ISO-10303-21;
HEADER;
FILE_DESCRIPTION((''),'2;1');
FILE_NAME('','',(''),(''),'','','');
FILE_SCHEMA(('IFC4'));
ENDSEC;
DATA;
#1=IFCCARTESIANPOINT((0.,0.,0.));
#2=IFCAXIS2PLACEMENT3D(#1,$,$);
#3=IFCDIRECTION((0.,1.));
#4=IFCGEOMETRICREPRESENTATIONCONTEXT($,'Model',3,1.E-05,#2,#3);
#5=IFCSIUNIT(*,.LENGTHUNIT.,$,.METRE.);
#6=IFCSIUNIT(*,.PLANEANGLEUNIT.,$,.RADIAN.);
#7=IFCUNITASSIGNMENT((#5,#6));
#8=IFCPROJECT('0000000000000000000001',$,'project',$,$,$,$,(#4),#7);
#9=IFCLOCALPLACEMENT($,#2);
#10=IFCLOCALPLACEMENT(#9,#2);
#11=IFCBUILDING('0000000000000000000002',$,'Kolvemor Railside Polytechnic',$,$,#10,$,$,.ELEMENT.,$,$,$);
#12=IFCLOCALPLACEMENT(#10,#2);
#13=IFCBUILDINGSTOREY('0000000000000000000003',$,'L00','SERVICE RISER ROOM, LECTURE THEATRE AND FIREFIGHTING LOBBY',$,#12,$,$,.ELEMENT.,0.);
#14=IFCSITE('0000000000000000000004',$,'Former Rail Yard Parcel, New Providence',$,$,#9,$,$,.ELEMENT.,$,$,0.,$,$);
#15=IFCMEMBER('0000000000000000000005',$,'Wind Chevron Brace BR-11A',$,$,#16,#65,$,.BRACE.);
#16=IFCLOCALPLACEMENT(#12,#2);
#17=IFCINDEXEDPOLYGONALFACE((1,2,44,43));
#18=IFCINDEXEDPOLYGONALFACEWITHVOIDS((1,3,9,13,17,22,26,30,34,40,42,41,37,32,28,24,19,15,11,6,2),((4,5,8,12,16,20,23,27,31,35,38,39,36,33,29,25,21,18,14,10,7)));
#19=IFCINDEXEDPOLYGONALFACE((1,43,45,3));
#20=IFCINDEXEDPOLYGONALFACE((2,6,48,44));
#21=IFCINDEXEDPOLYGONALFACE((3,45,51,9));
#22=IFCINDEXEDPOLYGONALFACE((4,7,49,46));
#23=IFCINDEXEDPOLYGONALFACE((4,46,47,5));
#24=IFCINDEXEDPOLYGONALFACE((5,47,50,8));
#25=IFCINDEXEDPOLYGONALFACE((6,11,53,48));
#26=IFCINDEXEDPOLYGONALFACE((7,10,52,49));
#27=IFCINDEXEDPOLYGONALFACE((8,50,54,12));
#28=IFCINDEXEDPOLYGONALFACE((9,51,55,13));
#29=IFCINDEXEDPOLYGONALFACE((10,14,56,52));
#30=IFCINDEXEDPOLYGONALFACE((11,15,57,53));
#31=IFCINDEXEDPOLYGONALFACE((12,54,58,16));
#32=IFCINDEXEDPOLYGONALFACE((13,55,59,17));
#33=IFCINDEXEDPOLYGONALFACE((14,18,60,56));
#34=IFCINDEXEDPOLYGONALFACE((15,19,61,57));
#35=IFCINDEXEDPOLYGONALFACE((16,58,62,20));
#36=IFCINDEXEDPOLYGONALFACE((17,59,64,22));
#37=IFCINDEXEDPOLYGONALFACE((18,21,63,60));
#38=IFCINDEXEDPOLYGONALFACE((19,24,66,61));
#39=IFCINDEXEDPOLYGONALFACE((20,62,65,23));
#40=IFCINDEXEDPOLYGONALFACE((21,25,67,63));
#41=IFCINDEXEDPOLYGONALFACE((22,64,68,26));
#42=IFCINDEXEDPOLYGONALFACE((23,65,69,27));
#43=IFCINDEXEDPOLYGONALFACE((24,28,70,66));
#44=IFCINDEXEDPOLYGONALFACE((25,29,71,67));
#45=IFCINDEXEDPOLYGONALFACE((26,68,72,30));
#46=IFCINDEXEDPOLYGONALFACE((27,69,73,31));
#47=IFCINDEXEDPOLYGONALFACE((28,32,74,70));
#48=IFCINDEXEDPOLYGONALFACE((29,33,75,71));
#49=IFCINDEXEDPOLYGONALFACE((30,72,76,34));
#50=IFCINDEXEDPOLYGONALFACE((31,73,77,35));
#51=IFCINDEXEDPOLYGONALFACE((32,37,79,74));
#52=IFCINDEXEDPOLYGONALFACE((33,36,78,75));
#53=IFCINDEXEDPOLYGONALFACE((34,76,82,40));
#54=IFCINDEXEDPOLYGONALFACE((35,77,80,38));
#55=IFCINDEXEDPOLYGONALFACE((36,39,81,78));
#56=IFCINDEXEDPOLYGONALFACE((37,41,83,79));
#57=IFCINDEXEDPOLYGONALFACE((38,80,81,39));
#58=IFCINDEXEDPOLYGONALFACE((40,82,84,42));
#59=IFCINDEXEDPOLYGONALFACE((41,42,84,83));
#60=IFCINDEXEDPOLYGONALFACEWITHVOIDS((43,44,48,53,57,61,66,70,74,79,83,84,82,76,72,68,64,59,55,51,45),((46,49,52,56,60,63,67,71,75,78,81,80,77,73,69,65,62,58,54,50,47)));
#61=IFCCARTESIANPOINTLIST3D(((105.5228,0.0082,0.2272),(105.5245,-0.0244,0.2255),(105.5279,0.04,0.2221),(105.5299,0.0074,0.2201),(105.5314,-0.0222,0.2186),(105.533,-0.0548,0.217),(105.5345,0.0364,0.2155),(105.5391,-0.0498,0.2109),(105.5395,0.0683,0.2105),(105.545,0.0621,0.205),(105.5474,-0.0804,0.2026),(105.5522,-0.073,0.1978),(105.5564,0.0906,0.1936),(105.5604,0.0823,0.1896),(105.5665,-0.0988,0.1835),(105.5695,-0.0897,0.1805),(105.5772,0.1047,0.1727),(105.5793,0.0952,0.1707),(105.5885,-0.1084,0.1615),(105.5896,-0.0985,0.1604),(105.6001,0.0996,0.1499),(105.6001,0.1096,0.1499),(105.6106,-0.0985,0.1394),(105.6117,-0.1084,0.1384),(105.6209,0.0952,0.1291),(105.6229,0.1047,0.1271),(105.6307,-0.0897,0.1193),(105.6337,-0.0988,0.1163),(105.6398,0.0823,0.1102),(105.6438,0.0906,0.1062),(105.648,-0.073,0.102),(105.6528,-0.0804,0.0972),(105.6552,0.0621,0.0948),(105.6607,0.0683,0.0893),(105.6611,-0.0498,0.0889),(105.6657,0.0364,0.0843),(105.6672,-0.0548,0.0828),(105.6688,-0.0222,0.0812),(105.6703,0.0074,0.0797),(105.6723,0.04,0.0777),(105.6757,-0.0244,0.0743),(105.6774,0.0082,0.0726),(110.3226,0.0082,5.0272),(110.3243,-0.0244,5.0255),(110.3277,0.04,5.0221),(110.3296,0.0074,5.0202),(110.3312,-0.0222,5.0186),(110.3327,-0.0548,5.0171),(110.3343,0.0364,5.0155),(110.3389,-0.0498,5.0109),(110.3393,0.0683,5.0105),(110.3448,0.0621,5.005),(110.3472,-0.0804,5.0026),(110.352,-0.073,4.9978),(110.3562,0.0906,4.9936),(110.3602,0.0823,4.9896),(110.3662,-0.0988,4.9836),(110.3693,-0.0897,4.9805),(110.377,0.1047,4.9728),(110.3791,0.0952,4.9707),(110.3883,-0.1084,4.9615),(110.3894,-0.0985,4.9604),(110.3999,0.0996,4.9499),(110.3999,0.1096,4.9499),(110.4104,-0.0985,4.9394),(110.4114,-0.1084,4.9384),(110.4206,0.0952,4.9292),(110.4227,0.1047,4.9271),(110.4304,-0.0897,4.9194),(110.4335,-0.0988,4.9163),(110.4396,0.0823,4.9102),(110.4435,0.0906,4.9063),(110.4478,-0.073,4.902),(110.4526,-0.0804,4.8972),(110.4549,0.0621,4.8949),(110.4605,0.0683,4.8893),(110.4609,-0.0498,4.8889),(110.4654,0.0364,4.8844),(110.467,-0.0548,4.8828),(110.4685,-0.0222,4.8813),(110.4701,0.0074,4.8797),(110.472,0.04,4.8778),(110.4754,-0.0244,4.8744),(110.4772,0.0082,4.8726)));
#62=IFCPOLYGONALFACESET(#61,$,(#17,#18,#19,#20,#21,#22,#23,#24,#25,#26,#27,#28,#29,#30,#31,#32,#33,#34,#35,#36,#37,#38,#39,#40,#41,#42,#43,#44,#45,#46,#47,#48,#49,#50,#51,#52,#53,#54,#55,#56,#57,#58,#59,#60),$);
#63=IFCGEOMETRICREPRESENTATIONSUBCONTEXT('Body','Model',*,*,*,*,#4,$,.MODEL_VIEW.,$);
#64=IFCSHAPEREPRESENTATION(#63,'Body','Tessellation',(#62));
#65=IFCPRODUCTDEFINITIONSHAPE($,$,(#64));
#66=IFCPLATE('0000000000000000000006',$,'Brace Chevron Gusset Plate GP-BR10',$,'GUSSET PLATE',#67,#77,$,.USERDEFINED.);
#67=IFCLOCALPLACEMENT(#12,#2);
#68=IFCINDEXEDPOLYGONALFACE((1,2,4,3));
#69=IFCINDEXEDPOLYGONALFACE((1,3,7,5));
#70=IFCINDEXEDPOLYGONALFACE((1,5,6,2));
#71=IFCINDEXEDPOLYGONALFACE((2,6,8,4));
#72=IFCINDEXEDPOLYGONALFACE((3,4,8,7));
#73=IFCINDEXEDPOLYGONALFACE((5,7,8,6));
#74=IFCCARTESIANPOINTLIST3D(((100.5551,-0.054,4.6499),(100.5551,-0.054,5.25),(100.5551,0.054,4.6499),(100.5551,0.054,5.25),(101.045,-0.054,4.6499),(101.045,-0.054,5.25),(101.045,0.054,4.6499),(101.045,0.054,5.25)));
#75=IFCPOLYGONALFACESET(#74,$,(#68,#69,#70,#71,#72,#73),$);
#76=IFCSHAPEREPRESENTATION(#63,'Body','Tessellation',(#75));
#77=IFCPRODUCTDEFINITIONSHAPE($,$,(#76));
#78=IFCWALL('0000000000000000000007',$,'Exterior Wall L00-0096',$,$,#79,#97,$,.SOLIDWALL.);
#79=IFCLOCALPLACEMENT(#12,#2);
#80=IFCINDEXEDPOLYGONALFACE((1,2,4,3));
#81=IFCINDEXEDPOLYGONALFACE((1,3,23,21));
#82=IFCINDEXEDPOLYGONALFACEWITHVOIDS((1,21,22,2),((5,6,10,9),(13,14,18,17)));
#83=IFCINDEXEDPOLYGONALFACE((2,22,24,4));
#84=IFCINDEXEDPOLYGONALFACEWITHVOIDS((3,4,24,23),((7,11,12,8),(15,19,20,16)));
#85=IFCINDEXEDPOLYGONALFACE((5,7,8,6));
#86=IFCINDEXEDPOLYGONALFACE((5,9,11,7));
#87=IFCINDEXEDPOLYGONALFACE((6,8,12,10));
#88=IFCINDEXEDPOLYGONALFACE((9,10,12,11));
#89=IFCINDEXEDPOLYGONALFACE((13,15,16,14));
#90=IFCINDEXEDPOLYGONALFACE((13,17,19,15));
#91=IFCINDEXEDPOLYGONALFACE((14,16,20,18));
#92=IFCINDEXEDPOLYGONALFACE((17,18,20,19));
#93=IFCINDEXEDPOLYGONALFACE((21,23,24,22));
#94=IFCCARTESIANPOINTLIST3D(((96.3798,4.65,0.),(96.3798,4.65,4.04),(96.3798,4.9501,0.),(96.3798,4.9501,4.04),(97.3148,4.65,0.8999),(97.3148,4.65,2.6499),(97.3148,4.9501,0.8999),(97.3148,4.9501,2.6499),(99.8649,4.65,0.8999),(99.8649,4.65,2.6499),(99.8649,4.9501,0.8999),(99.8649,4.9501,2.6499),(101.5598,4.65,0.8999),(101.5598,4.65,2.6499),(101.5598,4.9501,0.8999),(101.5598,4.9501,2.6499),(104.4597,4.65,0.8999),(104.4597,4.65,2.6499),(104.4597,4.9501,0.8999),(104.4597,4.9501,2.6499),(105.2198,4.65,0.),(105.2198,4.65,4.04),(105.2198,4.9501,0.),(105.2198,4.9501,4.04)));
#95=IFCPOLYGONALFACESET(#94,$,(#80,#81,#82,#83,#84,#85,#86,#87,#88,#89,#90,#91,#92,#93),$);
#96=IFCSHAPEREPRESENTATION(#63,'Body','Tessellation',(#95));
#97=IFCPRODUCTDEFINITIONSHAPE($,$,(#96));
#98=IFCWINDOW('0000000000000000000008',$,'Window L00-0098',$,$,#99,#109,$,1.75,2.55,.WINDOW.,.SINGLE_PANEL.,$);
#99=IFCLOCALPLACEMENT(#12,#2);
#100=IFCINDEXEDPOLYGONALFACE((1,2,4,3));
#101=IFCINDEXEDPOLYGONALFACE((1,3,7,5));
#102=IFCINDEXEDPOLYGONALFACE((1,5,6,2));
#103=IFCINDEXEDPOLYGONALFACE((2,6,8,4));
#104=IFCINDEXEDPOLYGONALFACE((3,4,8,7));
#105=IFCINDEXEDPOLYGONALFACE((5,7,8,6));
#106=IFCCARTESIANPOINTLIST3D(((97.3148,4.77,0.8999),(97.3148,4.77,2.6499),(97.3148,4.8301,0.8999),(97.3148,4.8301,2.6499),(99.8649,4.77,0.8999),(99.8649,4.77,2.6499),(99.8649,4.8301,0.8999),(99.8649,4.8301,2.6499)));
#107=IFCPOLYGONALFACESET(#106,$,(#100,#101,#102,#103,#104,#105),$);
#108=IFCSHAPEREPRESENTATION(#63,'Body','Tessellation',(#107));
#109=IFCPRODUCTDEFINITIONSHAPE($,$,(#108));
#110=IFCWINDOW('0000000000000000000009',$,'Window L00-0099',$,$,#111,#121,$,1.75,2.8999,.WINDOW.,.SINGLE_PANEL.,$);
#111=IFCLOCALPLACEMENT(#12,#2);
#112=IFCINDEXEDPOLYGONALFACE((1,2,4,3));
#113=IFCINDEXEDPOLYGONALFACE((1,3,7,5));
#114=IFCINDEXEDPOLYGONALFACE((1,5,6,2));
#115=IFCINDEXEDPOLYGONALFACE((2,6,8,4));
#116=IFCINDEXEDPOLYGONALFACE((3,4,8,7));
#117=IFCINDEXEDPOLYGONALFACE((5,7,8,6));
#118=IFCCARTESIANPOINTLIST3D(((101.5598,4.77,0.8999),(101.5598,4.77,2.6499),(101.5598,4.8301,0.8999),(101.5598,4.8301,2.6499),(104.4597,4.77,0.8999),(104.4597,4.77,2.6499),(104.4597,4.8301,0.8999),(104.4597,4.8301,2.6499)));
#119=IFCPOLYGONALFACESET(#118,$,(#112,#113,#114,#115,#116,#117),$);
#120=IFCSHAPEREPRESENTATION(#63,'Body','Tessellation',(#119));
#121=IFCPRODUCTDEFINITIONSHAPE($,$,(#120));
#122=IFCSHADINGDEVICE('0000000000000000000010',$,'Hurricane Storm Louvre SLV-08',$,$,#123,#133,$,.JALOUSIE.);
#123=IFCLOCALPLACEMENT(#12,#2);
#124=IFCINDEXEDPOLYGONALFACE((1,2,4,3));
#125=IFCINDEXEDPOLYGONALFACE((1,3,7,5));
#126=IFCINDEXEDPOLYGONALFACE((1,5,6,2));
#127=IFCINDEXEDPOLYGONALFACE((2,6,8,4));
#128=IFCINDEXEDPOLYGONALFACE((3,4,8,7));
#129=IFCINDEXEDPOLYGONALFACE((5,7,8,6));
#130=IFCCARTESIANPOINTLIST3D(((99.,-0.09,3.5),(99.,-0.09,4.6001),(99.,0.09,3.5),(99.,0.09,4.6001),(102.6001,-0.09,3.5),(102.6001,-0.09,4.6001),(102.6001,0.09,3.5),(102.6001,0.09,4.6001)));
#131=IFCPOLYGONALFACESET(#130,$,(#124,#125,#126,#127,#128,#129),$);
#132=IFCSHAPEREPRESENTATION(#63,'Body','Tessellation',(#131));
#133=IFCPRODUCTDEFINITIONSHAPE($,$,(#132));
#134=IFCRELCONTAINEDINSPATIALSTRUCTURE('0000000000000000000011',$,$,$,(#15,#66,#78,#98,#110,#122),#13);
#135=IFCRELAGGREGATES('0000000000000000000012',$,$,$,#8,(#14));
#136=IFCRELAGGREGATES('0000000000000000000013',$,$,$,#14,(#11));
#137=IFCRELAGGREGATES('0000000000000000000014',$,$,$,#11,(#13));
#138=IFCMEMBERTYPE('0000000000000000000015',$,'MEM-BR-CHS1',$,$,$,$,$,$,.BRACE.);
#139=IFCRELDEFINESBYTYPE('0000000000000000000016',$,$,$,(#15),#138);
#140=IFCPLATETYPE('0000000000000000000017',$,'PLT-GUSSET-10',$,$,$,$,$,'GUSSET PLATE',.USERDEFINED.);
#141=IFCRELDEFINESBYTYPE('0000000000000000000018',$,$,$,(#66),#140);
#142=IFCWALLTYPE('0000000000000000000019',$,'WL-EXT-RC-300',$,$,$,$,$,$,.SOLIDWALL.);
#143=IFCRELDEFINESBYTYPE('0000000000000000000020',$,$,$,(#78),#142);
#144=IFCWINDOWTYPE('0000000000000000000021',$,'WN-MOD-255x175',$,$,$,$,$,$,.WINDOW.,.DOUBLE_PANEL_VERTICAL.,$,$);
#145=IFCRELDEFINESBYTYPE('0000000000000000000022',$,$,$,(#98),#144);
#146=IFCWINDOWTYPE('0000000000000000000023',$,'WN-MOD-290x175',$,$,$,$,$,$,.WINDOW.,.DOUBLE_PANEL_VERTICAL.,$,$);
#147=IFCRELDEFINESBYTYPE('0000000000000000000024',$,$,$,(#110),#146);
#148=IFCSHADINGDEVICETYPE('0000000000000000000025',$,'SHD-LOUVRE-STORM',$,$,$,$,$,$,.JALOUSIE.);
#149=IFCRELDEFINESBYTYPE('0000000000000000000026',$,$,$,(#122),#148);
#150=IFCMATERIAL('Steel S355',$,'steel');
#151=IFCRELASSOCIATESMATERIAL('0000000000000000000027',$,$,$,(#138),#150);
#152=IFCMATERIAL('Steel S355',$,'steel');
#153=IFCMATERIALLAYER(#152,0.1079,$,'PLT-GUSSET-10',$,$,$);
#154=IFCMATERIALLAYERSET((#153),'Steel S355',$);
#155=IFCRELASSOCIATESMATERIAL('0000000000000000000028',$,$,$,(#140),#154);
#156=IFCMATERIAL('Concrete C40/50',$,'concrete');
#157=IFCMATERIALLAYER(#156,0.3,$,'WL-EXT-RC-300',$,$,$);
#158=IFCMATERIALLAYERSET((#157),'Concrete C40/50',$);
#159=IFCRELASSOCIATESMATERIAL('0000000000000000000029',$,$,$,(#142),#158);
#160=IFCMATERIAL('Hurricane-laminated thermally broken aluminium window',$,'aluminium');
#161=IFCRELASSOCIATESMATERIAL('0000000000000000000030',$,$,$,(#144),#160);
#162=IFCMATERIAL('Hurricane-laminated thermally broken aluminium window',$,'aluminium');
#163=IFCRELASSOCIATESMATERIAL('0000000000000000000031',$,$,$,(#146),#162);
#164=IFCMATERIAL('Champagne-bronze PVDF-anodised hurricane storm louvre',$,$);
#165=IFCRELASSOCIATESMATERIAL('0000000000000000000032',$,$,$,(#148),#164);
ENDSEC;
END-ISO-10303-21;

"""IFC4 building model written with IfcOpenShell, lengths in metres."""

from ifc_helpers import new_model, si_unit, direction, frame, frame_2d, origin, origin_2d, place, context, subcontext, project, spatial, rectangle, hollow_circle, extrude, material, layer, layer_set, material_profile, profile_set, type_object, element, fill, save


model = new_model("IFC4")

# Units and contexts
model_context = context("Model", 3, precision=1e-05, world=origin(), true_north=direction((0.0, 1.0)))
body_context = subcontext(model_context, "Body", "Model", "MODEL_VIEW")
ifc_project = project(units=[si_unit("LENGTHUNIT", "METRE"), si_unit("PLANEANGLEUNIT", "RADIAN")], contexts=[model_context])

# Site, building, storey
site_placement = place(None, origin())
site = spatial("IfcSite", under=ifc_project, at=site_placement, Name="Former Rail Yard Parcel, New Providence", CompositionType="ELEMENT", RefElevation=0.0)
building_placement = place(site_placement, origin())
building = spatial("IfcBuilding", under=site, at=building_placement, Name="Kolvemor Railside Polytechnic", CompositionType="ELEMENT")
storey_placement = place(building_placement, origin())
storey = spatial("IfcBuildingStorey", under=building, at=storey_placement, Name="L00", Description="SERVICE RISER ROOM, LECTURE THEATRE AND FIREFIGHTING LOBBY", CompositionType="ELEMENT", Elevation=0.0)

# Member
ifc_material_1 = material(Name="Steel S355", Category="steel")
ifc_material_profile_1 = material_profile(ifc_material_1, hollow_circle(Radius=0.1096, WallThickness=0.01, at=origin_2d()), Name="CHS219.1x10")
ifc_profile_set_1 = profile_set([ifc_material_profile_1], Name="Steel S355")
member_type = type_object("IfcMemberType", Name="MEM-BR-CHS1", PredefinedType="BRACE", material=ifc_profile_set_1)
member_placement = place(storey_placement, frame((105.6001, 0.0, 0.1499), z_axis=(0.707089, 0.0, 0.707125), x_axis=(0.0, 1.0, 0.0)))
element("IfcMember", 1, at=member_placement, inside=storey, type_object=member_type, Name="Wind Chevron Brace BR-11A", PredefinedType="BRACE", context=body_context, shape_type="SweptSolid", body=[
    extrude(hollow_circle(Radius=0.1096, WallThickness=0.01, at=origin_2d()), origin(), (0.0, 0.0, 1.0), 6.7881),
])

# Plate
ifc_material_2 = material(Name="Steel S355", Category="steel")
ifc_layer_1 = layer(ifc_material_2, 0.1079, Name="PLT-GUSSET-10")
ifc_layer_set_1 = layer_set([ifc_layer_1], Name="Steel S355")
plate_type = type_object("IfcPlateType", Name="PLT-GUSSET-10", ElementType="GUSSET PLATE", PredefinedType="USERDEFINED", material=ifc_layer_set_1)
plate_placement = place(storey_placement, frame((100.8, 0.0, 4.6499), z_axis=(0.0, 0.0, 1.0), x_axis=(1.0, 0.0, 0.0)))
element("IfcPlate", 2, at=plate_placement, inside=storey, type_object=plate_type, Name="Brace Chevron Gusset Plate GP-BR10", ObjectType="GUSSET PLATE", PredefinedType="USERDEFINED", context=body_context, shape_type="SweptSolid", body=[
    extrude(rectangle(XDim=0.49, YDim=0.1079, at=origin_2d()), origin(), (0.0, 0.0, 1.0), 0.6001),
])

# Wall, openings, windows
ifc_material_3 = material(Name="Concrete C40/50", Category="concrete")
ifc_layer_2 = layer(ifc_material_3, 0.3, Name="WL-EXT-RC-300")
ifc_layer_set_2 = layer_set([ifc_layer_2], Name="Concrete C40/50")
wall_type = type_object("IfcWallType", Name="WL-EXT-RC-300", PredefinedType="SOLIDWALL", material=ifc_layer_set_2)
wall_placement = place(storey_placement, frame((96.3799, 4.8, 0.0), z_axis=(0.0, 0.0, 1.0), x_axis=(1.0, 0.0, 0.0)))
wall = element("IfcWall", 3, at=wall_placement, inside=storey, type_object=wall_type, Name="Exterior Wall L00-0096", PredefinedType="SOLIDWALL", context=body_context, shape_type="SweptSolid", body=[
    extrude(rectangle(XDim=8.8401, YDim=0.3, at=frame_2d((4.4199, 0.0))), origin(), (0.0, 0.0, 1.0), 4.04),
])
opening_1_placement = place(wall_placement, frame((0.9351, 0.0, 0.8999)))
opening_1 = element("IfcOpeningElement", 4, at=opening_1_placement, cuts=wall, PredefinedType="OPENING", context=body_context, shape_type="SweptSolid", body=[
    extrude(rectangle(XDim=2.55, YDim=1.75, at=frame_2d((1.2749, 0.875))), frame((0.0, 0.1599, 0.0), z_axis=(0.0, -1.0, 0.0), x_axis=(1.0, 0.0, 0.0)), (0.0, 0.0, 1.0), 0.3201),
])
opening_2_placement = place(wall_placement, frame((5.1799, 0.0, 0.8999)))
opening_2 = element("IfcOpeningElement", 5, at=opening_2_placement, cuts=wall, PredefinedType="OPENING", context=body_context, shape_type="SweptSolid", body=[
    extrude(rectangle(XDim=2.8999, YDim=1.75, at=frame_2d((1.45, 0.875))), frame((0.0, 0.1599, 0.0), z_axis=(0.0, -1.0, 0.0), x_axis=(1.0, 0.0, 0.0)), (0.0, 0.0, 1.0), 0.3201),
])
ifc_material_4 = material(Name="Hurricane-laminated thermally broken aluminium window", Category="aluminium")
window_type_1 = type_object("IfcWindowType", Name="WN-MOD-255x175", PartitioningType="DOUBLE_PANEL_VERTICAL", PredefinedType="WINDOW", material=ifc_material_4)
window_1_placement = place(opening_1_placement, origin())
window_1 = element("IfcWindow", 6, at=window_1_placement, inside=storey, type_object=window_type_1, Name="Window L00-0098", OverallHeight=1.75, OverallWidth=2.55, PartitioningType="SINGLE_PANEL", PredefinedType="WINDOW", context=body_context, shape_type="SweptSolid", body=[
    extrude(rectangle(XDim=2.55, YDim=1.75, at=frame_2d((1.2749, 0.875))), frame((0.0, 0.03, 0.0), z_axis=(0.0, -1.0, 0.0), x_axis=(1.0, 0.0, 0.0)), (0.0, 0.0, 1.0), 0.0601),
])
fill(opening_1, window_1)
ifc_material_5 = material(Name="Hurricane-laminated thermally broken aluminium window", Category="aluminium")
window_type_2 = type_object("IfcWindowType", Name="WN-MOD-290x175", PartitioningType="DOUBLE_PANEL_VERTICAL", PredefinedType="WINDOW", material=ifc_material_5)
window_2_placement = place(opening_2_placement, origin())
window_2 = element("IfcWindow", 7, at=window_2_placement, inside=storey, type_object=window_type_2, Name="Window L00-0099", OverallHeight=1.75, OverallWidth=2.8999, PartitioningType="SINGLE_PANEL", PredefinedType="WINDOW", context=body_context, shape_type="SweptSolid", body=[
    extrude(rectangle(XDim=2.8999, YDim=1.75, at=frame_2d((1.45, 0.875))), frame((0.0, 0.03, 0.0), z_axis=(0.0, -1.0, 0.0), x_axis=(1.0, 0.0, 0.0)), (0.0, 0.0, 1.0), 0.0601),
])
fill(opening_2, window_2)

# Shading device
ifc_material_6 = material(Name="Champagne-bronze PVDF-anodised hurricane storm louvre")
shading_device_type = type_object("IfcShadingDeviceType", Name="SHD-LOUVRE-STORM", PredefinedType="JALOUSIE", material=ifc_material_6)
shading_device_placement = place(storey_placement, frame((100.8, 0.0, 3.5), z_axis=(0.0, 0.0, 1.0), x_axis=(1.0, 0.0, 0.0)))
element("IfcShadingDevice", 8, at=shading_device_placement, inside=storey, type_object=shading_device_type, Name="Hurricane Storm Louvre SLV-08", PredefinedType="JALOUSIE", context=body_context, shape_type="SweptSolid", body=[
    extrude(rectangle(XDim=3.6001, YDim=0.1799, at=origin_2d()), origin(), (0.0, 0.0, 1.0), 1.1001),
])

save(model, "model.ifc")
